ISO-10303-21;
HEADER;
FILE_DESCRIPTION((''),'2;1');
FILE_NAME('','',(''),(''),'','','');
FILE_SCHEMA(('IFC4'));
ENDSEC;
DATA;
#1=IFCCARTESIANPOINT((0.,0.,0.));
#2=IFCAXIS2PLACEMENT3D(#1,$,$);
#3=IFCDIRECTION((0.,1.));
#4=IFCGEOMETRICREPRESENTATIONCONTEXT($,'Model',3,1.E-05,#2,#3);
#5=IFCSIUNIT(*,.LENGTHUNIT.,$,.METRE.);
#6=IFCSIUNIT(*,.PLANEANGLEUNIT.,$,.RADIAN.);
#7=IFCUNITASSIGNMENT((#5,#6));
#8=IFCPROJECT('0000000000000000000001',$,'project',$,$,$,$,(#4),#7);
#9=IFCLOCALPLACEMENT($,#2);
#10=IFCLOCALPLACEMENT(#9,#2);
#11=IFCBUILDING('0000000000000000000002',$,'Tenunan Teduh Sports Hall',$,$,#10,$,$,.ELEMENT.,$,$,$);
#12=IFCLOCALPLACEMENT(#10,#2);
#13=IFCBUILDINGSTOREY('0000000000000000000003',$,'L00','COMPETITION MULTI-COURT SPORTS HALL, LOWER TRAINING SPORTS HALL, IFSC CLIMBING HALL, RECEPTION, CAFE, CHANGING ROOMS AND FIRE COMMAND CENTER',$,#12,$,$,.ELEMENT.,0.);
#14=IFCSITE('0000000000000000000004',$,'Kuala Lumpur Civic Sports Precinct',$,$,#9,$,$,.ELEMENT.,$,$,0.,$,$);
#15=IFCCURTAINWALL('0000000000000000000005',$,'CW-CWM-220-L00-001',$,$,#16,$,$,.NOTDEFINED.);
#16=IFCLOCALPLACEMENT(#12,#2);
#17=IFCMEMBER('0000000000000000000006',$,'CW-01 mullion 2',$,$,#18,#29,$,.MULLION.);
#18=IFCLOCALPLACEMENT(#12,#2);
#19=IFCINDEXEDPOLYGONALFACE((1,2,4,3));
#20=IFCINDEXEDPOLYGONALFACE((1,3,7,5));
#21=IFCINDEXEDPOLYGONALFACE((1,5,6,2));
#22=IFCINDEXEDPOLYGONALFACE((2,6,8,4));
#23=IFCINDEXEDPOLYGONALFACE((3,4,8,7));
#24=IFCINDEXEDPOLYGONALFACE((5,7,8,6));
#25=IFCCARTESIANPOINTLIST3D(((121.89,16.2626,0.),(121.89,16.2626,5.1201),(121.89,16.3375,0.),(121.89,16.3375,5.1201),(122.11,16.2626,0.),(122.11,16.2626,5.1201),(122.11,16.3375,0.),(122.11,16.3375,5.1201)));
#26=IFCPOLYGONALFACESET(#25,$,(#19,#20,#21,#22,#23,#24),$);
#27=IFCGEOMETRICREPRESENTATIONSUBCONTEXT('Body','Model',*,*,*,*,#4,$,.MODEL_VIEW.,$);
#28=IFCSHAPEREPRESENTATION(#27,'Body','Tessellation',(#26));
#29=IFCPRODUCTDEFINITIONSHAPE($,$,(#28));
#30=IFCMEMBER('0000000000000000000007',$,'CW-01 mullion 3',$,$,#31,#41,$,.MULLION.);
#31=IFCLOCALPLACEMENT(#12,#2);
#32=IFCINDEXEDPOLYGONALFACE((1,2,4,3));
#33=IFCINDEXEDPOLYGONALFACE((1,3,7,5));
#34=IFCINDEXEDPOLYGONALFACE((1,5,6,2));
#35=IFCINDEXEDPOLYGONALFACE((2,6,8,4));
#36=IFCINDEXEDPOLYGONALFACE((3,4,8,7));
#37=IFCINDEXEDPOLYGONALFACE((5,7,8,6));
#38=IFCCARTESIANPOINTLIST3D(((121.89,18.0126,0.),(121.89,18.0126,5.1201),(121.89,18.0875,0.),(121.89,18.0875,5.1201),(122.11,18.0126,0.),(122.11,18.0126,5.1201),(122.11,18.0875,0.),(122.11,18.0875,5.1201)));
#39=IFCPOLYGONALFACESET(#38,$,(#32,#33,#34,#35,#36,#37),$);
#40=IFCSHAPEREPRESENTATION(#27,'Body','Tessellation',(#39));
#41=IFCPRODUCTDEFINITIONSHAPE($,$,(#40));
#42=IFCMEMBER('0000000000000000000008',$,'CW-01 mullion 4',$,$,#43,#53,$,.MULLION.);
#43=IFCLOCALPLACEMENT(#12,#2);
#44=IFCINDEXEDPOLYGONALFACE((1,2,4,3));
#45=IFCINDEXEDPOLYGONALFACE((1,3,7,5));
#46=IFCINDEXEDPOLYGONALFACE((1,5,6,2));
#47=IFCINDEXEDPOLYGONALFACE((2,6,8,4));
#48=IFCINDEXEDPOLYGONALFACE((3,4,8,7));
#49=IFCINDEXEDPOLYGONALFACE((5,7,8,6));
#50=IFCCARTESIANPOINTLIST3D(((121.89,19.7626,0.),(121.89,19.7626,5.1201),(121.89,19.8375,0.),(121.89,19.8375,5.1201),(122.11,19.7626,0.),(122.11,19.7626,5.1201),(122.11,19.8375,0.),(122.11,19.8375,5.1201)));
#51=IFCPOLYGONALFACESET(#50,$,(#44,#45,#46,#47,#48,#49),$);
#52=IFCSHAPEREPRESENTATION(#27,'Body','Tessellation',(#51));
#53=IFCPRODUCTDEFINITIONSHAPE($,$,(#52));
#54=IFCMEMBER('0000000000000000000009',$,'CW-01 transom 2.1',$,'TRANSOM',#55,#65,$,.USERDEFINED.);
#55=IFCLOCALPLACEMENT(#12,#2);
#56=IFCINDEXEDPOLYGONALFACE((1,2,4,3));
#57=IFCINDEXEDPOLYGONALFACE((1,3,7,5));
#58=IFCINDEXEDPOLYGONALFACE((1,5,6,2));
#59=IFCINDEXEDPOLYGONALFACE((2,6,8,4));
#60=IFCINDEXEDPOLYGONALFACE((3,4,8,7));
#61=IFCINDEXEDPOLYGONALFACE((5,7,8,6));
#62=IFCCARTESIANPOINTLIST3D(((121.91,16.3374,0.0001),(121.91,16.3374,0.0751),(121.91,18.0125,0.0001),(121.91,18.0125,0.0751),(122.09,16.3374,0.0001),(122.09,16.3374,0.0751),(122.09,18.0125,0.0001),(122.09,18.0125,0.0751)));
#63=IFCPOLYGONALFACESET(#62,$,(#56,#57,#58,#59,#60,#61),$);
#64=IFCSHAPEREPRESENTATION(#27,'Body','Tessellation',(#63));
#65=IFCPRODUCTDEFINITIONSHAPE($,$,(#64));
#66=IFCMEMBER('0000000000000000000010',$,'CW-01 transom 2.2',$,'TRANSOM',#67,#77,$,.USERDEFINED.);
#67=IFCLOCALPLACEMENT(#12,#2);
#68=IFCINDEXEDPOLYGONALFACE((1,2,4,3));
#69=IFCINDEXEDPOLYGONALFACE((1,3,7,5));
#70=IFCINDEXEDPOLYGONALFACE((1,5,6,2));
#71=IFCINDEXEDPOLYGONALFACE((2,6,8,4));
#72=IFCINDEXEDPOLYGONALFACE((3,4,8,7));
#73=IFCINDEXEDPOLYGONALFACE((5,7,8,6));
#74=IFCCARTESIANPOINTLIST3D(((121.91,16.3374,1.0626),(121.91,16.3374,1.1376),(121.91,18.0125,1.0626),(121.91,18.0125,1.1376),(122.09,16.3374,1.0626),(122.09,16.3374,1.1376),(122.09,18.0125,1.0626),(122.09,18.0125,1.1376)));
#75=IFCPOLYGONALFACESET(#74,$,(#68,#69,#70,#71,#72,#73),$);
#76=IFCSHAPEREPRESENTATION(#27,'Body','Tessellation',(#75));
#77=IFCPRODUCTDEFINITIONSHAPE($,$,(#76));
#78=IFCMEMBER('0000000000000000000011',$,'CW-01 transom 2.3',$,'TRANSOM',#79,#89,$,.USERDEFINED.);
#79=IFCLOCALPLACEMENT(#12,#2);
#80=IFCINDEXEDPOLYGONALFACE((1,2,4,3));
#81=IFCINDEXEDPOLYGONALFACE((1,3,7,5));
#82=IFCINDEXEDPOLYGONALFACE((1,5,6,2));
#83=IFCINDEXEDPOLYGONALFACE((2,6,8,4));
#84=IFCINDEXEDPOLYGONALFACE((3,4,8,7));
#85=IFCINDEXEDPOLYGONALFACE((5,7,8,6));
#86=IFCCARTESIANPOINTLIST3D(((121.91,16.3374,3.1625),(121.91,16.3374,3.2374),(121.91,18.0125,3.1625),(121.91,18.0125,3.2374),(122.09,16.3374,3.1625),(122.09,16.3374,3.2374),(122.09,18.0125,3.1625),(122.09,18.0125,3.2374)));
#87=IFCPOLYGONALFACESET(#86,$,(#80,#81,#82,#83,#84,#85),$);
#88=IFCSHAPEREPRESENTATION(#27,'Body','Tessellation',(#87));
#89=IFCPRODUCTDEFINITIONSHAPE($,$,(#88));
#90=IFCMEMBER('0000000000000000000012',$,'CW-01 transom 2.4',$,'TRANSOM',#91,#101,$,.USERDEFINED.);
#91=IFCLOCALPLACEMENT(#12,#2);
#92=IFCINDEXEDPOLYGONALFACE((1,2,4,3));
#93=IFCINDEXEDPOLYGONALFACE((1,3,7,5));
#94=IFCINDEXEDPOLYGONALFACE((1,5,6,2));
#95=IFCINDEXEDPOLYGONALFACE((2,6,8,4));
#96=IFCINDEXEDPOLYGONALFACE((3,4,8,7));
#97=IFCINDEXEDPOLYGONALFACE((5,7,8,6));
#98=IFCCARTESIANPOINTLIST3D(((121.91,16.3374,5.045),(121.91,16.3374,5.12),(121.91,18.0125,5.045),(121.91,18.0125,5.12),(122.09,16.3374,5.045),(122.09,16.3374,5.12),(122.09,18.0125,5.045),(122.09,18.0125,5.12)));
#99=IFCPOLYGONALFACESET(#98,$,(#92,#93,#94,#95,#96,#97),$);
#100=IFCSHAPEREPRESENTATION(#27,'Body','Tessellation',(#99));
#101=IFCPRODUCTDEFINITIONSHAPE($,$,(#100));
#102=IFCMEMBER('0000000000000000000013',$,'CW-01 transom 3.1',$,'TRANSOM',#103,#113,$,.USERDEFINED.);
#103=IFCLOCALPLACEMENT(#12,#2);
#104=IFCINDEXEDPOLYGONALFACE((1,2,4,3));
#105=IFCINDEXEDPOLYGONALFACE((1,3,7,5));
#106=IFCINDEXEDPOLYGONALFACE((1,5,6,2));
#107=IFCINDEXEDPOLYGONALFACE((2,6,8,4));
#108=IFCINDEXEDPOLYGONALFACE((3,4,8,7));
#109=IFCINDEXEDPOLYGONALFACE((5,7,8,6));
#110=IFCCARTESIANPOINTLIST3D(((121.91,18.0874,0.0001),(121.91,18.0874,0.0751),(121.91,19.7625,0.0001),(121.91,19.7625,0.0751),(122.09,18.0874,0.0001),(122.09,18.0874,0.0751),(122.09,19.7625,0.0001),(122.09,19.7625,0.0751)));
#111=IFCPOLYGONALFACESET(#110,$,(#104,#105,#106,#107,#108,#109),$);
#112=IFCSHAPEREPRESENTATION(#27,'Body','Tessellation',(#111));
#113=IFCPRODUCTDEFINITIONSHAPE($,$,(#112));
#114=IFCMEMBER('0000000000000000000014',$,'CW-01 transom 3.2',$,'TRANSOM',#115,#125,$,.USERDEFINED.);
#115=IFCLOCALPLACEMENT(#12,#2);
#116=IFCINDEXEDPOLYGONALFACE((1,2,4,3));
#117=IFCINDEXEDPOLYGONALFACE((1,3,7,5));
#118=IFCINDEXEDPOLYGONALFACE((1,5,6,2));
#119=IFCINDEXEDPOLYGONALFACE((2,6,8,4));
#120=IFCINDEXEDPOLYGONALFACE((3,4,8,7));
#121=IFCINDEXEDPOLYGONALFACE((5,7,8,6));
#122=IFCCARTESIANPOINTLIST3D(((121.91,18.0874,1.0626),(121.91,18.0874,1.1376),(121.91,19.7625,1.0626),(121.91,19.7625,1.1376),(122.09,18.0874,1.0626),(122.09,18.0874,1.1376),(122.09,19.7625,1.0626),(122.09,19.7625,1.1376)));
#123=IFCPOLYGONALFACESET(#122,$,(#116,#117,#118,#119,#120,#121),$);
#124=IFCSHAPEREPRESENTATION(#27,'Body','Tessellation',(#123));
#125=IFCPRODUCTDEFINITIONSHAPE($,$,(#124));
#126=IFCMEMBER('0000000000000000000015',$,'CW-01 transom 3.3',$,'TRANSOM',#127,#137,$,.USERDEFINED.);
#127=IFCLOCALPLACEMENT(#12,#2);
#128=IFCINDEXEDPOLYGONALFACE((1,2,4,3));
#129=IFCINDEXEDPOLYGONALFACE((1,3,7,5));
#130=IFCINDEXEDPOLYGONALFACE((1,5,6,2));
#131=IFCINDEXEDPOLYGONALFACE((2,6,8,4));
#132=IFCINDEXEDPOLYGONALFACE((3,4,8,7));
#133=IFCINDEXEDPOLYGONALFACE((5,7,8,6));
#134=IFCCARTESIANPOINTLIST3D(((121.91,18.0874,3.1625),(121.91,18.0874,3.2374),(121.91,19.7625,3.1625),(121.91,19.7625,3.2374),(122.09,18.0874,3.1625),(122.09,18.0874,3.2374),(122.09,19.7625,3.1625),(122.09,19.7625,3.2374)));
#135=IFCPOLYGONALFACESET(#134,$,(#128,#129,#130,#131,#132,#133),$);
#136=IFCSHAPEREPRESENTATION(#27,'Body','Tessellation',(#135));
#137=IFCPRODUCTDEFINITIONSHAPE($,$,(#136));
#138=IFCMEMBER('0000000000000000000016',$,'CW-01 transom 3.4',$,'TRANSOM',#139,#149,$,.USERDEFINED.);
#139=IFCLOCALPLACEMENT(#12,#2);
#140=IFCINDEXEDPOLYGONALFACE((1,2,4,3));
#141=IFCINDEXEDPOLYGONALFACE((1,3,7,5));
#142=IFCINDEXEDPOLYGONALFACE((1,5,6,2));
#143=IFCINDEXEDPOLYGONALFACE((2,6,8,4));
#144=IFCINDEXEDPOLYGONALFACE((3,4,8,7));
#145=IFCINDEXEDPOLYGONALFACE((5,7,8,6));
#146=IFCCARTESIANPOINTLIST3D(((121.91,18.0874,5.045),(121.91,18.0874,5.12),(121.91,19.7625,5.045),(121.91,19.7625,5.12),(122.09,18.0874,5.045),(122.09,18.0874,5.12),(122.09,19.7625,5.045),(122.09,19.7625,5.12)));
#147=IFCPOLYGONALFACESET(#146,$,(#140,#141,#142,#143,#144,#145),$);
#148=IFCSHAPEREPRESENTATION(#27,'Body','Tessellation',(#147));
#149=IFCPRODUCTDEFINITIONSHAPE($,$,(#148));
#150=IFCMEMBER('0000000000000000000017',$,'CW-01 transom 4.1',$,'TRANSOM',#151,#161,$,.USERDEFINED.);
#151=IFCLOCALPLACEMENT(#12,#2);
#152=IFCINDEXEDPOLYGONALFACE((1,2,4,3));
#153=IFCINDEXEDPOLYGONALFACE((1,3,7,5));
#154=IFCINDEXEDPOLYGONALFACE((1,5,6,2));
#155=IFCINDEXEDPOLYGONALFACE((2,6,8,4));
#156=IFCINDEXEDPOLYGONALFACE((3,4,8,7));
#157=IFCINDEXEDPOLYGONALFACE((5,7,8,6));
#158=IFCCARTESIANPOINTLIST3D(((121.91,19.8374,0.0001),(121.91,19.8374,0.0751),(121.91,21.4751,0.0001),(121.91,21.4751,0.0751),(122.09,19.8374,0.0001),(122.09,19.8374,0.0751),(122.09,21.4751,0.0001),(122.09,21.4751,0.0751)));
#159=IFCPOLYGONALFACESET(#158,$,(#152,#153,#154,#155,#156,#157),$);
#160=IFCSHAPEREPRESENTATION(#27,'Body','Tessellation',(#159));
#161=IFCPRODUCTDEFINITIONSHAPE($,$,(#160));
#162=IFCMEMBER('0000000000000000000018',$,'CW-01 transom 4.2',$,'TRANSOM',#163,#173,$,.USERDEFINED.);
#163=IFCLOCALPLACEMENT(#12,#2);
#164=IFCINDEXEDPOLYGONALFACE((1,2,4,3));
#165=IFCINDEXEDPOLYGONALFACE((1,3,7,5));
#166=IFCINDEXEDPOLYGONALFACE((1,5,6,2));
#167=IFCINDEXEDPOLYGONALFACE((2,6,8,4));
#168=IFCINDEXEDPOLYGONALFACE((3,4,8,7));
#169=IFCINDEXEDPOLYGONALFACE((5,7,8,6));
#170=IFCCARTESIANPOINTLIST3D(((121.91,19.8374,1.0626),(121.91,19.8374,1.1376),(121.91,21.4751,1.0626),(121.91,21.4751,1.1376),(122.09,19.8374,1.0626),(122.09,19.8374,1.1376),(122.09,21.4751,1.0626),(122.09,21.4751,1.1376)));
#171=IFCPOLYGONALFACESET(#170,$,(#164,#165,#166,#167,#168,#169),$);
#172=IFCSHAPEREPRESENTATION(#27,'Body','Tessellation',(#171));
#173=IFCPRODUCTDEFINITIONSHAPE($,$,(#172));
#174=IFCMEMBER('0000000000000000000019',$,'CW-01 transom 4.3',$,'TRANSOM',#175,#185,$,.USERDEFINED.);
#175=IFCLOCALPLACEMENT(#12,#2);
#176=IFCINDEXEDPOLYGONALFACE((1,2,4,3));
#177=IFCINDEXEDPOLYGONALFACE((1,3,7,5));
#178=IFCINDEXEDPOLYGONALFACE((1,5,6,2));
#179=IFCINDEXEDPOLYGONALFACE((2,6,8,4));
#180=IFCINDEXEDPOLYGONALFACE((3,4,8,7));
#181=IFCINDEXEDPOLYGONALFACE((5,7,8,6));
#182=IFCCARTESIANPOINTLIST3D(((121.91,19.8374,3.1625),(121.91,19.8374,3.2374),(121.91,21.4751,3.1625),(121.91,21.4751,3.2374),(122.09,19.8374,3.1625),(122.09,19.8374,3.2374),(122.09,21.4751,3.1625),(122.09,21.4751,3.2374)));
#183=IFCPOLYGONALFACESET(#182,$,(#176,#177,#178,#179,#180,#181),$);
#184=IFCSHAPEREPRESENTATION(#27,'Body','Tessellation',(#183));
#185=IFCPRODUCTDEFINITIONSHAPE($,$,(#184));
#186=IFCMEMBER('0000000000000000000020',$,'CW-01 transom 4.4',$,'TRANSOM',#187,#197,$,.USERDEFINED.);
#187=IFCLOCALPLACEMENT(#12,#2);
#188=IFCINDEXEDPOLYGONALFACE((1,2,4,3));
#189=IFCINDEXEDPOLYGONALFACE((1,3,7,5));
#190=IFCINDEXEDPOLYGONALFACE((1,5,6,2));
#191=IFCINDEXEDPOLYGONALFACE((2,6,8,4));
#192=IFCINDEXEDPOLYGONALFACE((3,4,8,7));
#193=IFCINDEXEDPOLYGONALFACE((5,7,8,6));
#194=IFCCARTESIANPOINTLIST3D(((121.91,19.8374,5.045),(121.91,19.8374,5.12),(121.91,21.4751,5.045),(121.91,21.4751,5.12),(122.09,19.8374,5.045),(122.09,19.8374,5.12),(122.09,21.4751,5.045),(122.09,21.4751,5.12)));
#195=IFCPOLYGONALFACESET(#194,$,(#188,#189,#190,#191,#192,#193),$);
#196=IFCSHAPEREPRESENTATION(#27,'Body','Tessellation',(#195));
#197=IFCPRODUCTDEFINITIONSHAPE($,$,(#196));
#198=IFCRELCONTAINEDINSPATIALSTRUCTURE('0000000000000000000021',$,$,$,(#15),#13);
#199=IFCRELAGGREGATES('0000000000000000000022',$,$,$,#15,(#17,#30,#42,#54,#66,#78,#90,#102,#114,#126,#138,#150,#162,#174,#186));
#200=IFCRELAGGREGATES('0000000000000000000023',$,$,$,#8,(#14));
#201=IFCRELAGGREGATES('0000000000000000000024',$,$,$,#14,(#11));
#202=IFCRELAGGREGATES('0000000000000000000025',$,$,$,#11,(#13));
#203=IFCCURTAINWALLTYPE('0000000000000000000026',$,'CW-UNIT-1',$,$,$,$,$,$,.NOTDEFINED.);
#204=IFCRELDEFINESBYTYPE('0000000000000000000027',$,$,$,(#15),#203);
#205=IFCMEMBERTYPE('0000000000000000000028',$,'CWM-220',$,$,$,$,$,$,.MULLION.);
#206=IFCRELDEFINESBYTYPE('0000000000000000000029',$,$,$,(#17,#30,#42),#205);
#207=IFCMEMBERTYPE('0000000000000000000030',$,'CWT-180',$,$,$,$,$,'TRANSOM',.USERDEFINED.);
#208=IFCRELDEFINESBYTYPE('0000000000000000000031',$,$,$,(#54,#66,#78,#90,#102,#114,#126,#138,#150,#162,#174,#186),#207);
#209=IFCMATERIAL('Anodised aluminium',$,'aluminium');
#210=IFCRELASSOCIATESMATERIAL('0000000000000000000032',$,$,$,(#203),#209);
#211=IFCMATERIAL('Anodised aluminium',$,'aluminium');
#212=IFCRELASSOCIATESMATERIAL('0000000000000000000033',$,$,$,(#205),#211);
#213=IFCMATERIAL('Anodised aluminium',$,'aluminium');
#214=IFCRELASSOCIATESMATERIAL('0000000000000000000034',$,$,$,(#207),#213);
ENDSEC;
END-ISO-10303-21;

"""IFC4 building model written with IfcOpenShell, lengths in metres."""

from ifc_helpers import new_model, si_unit, direction, frame, origin, origin_2d, place, context, subcontext, project, spatial, rectangle, extrude, material, material_profile, profile_set, type_object, element, aggregate, save


model = new_model("IFC4")

# Units and contexts
model_context = context("Model", 3, precision=1e-05, world=origin(), true_north=direction((0.0, 1.0)))
body_context = subcontext(model_context, "Body", "Model", "MODEL_VIEW")
ifc_project = project(units=[si_unit("LENGTHUNIT", "METRE"), si_unit("PLANEANGLEUNIT", "RADIAN")], contexts=[model_context])

# Site, building, storey
site_placement = place(None, origin())
site = spatial("IfcSite", under=ifc_project, at=site_placement, Name="Kuala Lumpur Civic Sports Precinct", CompositionType="ELEMENT", RefElevation=0.0)
building_placement = place(site_placement, origin())
building = spatial("IfcBuilding", under=site, at=building_placement, Name="Tenunan Teduh Sports Hall", CompositionType="ELEMENT")
storey_placement = place(building_placement, origin())
storey = spatial("IfcBuildingStorey", under=building, at=storey_placement, Name="L00", Description="COMPETITION MULTI-COURT SPORTS HALL, LOWER TRAINING SPORTS HALL, IFSC CLIMBING HALL, RECEPTION, CAFE, CHANGING ROOMS AND FIRE COMMAND CENTER", CompositionType="ELEMENT", Elevation=0.0)

# Curtain wall, members
ifc_material_1 = material(Name="Anodised aluminium", Category="aluminium")
curtain_wall_type = type_object("IfcCurtainWallType", Name="CW-UNIT-1", PredefinedType="NOTDEFINED", material=ifc_material_1)
curtain_wall_placement = place(storey_placement, origin())
curtain_wall = element("IfcCurtainWall", 1, at=curtain_wall_placement, inside=storey, type_object=curtain_wall_type, Name="CW-CWM-220-L00-001", PredefinedType="NOTDEFINED")
ifc_material_2 = material(Name="Anodised aluminium", Category="aluminium")
ifc_material_profile_1 = material_profile(ifc_material_2, rectangle(XDim=0.075, YDim=0.22, at=origin_2d()), Name="CWM 75x220")
ifc_profile_set_1 = profile_set([ifc_material_profile_1], Name="Anodised aluminium")
member_type_1 = type_object("IfcMemberType", Name="CWM-220", PredefinedType="MULLION", material=ifc_profile_set_1)
member_1_placement = place(storey_placement, frame((122.0, 16.3, 0.0), z_axis=(0.0, 0.0, 1.0), x_axis=(0.0, 1.0, 0.0)))
member_1 = element("IfcMember", 2, at=member_1_placement, type_object=member_type_1, Name="CW-01 mullion 2", PredefinedType="MULLION", context=body_context, shape_type="SweptSolid", body=[
    extrude(rectangle(XDim=0.075, YDim=0.22, at=origin_2d()), origin(), (0.0, 0.0, 1.0), 5.1201),
])
member_2_placement = place(storey_placement, frame((122.0, 18.05, 0.0), z_axis=(0.0, 0.0, 1.0), x_axis=(0.0, 1.0, 0.0)))
member_2 = element("IfcMember", 3, at=member_2_placement, type_object=member_type_1, Name="CW-01 mullion 3", PredefinedType="MULLION", context=body_context, shape_type="SweptSolid", body=[
    extrude(rectangle(XDim=0.075, YDim=0.22, at=origin_2d()), origin(), (0.0, 0.0, 1.0), 5.1201),
])
member_3_placement = place(storey_placement, frame((122.0, 19.8, 0.0), z_axis=(0.0, 0.0, 1.0), x_axis=(0.0, 1.0, 0.0)))
member_3 = element("IfcMember", 4, at=member_3_placement, type_object=member_type_1, Name="CW-01 mullion 4", PredefinedType="MULLION", context=body_context, shape_type="SweptSolid", body=[
    extrude(rectangle(XDim=0.075, YDim=0.22, at=origin_2d()), origin(), (0.0, 0.0, 1.0), 5.1201),
])
ifc_material_3 = material(Name="Anodised aluminium", Category="aluminium")
ifc_material_profile_2 = material_profile(ifc_material_3, rectangle(XDim=0.075, YDim=0.1799, at=origin_2d()), Name="CWT 75x180")
ifc_profile_set_2 = profile_set([ifc_material_profile_2], Name="Anodised aluminium")
member_type_2 = type_object("IfcMemberType", Name="CWT-180", ElementType="TRANSOM", PredefinedType="USERDEFINED", material=ifc_profile_set_2)
member_4_placement = place(storey_placement, frame((122.0, 16.3374, 0.0376), z_axis=(0.0, 1.0, 0.0), x_axis=(0.0, 0.0, 1.0)))
member_4 = element("IfcMember", 5, at=member_4_placement, type_object=member_type_2, Name="CW-01 transom 2.1", ObjectType="TRANSOM", PredefinedType="USERDEFINED", context=body_context, shape_type="SweptSolid", body=[
    extrude(rectangle(XDim=0.075, YDim=0.1799, at=origin_2d()), origin(), (0.0, 0.0, 1.0), 1.675),
])
member_5_placement = place(storey_placement, frame((122.0, 16.3374, 1.1001), z_axis=(0.0, 1.0, 0.0), x_axis=(0.0, 0.0, 1.0)))
member_5 = element("IfcMember", 6, at=member_5_placement, type_object=member_type_2, Name="CW-01 transom 2.2", ObjectType="TRANSOM", PredefinedType="USERDEFINED", context=body_context, shape_type="SweptSolid", body=[
    extrude(rectangle(XDim=0.075, YDim=0.1799, at=origin_2d()), origin(), (0.0, 0.0, 1.0), 1.675),
])
member_6_placement = place(storey_placement, frame((122.0, 16.3374, 3.2), z_axis=(0.0, 1.0, 0.0), x_axis=(0.0, 0.0, 1.0)))
member_6 = element("IfcMember", 7, at=member_6_placement, type_object=member_type_2, Name="CW-01 transom 2.3", ObjectType="TRANSOM", PredefinedType="USERDEFINED", context=body_context, shape_type="SweptSolid", body=[
    extrude(rectangle(XDim=0.075, YDim=0.1799, at=origin_2d()), origin(), (0.0, 0.0, 1.0), 1.675),
])
member_7_placement = place(storey_placement, frame((122.0, 16.3374, 5.0825), z_axis=(0.0, 1.0, 0.0), x_axis=(0.0, 0.0, 1.0)))
member_7 = element("IfcMember", 8, at=member_7_placement, type_object=member_type_2, Name="CW-01 transom 2.4", ObjectType="TRANSOM", PredefinedType="USERDEFINED", context=body_context, shape_type="SweptSolid", body=[
    extrude(rectangle(XDim=0.075, YDim=0.1799, at=origin_2d()), origin(), (0.0, 0.0, 1.0), 1.675),
])
member_8_placement = place(storey_placement, frame((122.0, 18.0874, 0.0376), z_axis=(0.0, 1.0, 0.0), x_axis=(0.0, 0.0, 1.0)))
member_8 = element("IfcMember", 9, at=member_8_placement, type_object=member_type_2, Name="CW-01 transom 3.1", ObjectType="TRANSOM", PredefinedType="USERDEFINED", context=body_context, shape_type="SweptSolid", body=[
    extrude(rectangle(XDim=0.075, YDim=0.1799, at=origin_2d()), origin(), (0.0, 0.0, 1.0), 1.675),
])
member_9_placement = place(storey_placement, frame((122.0, 18.0874, 1.1001), z_axis=(0.0, 1.0, 0.0), x_axis=(0.0, 0.0, 1.0)))
member_9 = element("IfcMember", 10, at=member_9_placement, type_object=member_type_2, Name="CW-01 transom 3.2", ObjectType="TRANSOM", PredefinedType="USERDEFINED", context=body_context, shape_type="SweptSolid", body=[
    extrude(rectangle(XDim=0.075, YDim=0.1799, at=origin_2d()), origin(), (0.0, 0.0, 1.0), 1.675),
])
member_10_placement = place(storey_placement, frame((122.0, 18.0874, 3.2), z_axis=(0.0, 1.0, 0.0), x_axis=(0.0, 0.0, 1.0)))
member_10 = element("IfcMember", 11, at=member_10_placement, type_object=member_type_2, Name="CW-01 transom 3.3", ObjectType="TRANSOM", PredefinedType="USERDEFINED", context=body_context, shape_type="SweptSolid", body=[
    extrude(rectangle(XDim=0.075, YDim=0.1799, at=origin_2d()), origin(), (0.0, 0.0, 1.0), 1.675),
])
member_11_placement = place(storey_placement, frame((122.0, 18.0874, 5.0825), z_axis=(0.0, 1.0, 0.0), x_axis=(0.0, 0.0, 1.0)))
member_11 = element("IfcMember", 12, at=member_11_placement, type_object=member_type_2, Name="CW-01 transom 3.4", ObjectType="TRANSOM", PredefinedType="USERDEFINED", context=body_context, shape_type="SweptSolid", body=[
    extrude(rectangle(XDim=0.075, YDim=0.1799, at=origin_2d()), origin(), (0.0, 0.0, 1.0), 1.675),
])
member_12_placement = place(storey_placement, frame((122.0, 19.8374, 0.0376), z_axis=(0.0, 1.0, 0.0), x_axis=(0.0, 0.0, 1.0)))
member_12 = element("IfcMember", 13, at=member_12_placement, type_object=member_type_2, Name="CW-01 transom 4.1", ObjectType="TRANSOM", PredefinedType="USERDEFINED", context=body_context, shape_type="SweptSolid", body=[
    extrude(rectangle(XDim=0.075, YDim=0.1799, at=origin_2d()), origin(), (0.0, 0.0, 1.0), 1.6377),
])
member_13_placement = place(storey_placement, frame((122.0, 19.8374, 1.1001), z_axis=(0.0, 1.0, 0.0), x_axis=(0.0, 0.0, 1.0)))
member_13 = element("IfcMember", 14, at=member_13_placement, type_object=member_type_2, Name="CW-01 transom 4.2", ObjectType="TRANSOM", PredefinedType="USERDEFINED", context=body_context, shape_type="SweptSolid", body=[
    extrude(rectangle(XDim=0.075, YDim=0.1799, at=origin_2d()), origin(), (0.0, 0.0, 1.0), 1.6377),
])
member_14_placement = place(storey_placement, frame((122.0, 19.8374, 3.2), z_axis=(0.0, 1.0, 0.0), x_axis=(0.0, 0.0, 1.0)))
member_14 = element("IfcMember", 15, at=member_14_placement, type_object=member_type_2, Name="CW-01 transom 4.3", ObjectType="TRANSOM", PredefinedType="USERDEFINED", context=body_context, shape_type="SweptSolid", body=[
    extrude(rectangle(XDim=0.075, YDim=0.1799, at=origin_2d()), origin(), (0.0, 0.0, 1.0), 1.6377),
])
member_15_placement = place(storey_placement, frame((122.0, 19.8374, 5.0825), z_axis=(0.0, 1.0, 0.0), x_axis=(0.0, 0.0, 1.0)))
member_15 = element("IfcMember", 16, at=member_15_placement, type_object=member_type_2, Name="CW-01 transom 4.4", ObjectType="TRANSOM", PredefinedType="USERDEFINED", context=body_context, shape_type="SweptSolid", body=[
    extrude(rectangle(XDim=0.075, YDim=0.1799, at=origin_2d()), origin(), (0.0, 0.0, 1.0), 1.6377),
])
aggregate(curtain_wall, [member_1, member_2, member_3, member_4, member_5, member_6, member_7, member_8, member_9, member_10, member_11, member_12, member_13, member_14, member_15])

save(model, "model.ifc")
